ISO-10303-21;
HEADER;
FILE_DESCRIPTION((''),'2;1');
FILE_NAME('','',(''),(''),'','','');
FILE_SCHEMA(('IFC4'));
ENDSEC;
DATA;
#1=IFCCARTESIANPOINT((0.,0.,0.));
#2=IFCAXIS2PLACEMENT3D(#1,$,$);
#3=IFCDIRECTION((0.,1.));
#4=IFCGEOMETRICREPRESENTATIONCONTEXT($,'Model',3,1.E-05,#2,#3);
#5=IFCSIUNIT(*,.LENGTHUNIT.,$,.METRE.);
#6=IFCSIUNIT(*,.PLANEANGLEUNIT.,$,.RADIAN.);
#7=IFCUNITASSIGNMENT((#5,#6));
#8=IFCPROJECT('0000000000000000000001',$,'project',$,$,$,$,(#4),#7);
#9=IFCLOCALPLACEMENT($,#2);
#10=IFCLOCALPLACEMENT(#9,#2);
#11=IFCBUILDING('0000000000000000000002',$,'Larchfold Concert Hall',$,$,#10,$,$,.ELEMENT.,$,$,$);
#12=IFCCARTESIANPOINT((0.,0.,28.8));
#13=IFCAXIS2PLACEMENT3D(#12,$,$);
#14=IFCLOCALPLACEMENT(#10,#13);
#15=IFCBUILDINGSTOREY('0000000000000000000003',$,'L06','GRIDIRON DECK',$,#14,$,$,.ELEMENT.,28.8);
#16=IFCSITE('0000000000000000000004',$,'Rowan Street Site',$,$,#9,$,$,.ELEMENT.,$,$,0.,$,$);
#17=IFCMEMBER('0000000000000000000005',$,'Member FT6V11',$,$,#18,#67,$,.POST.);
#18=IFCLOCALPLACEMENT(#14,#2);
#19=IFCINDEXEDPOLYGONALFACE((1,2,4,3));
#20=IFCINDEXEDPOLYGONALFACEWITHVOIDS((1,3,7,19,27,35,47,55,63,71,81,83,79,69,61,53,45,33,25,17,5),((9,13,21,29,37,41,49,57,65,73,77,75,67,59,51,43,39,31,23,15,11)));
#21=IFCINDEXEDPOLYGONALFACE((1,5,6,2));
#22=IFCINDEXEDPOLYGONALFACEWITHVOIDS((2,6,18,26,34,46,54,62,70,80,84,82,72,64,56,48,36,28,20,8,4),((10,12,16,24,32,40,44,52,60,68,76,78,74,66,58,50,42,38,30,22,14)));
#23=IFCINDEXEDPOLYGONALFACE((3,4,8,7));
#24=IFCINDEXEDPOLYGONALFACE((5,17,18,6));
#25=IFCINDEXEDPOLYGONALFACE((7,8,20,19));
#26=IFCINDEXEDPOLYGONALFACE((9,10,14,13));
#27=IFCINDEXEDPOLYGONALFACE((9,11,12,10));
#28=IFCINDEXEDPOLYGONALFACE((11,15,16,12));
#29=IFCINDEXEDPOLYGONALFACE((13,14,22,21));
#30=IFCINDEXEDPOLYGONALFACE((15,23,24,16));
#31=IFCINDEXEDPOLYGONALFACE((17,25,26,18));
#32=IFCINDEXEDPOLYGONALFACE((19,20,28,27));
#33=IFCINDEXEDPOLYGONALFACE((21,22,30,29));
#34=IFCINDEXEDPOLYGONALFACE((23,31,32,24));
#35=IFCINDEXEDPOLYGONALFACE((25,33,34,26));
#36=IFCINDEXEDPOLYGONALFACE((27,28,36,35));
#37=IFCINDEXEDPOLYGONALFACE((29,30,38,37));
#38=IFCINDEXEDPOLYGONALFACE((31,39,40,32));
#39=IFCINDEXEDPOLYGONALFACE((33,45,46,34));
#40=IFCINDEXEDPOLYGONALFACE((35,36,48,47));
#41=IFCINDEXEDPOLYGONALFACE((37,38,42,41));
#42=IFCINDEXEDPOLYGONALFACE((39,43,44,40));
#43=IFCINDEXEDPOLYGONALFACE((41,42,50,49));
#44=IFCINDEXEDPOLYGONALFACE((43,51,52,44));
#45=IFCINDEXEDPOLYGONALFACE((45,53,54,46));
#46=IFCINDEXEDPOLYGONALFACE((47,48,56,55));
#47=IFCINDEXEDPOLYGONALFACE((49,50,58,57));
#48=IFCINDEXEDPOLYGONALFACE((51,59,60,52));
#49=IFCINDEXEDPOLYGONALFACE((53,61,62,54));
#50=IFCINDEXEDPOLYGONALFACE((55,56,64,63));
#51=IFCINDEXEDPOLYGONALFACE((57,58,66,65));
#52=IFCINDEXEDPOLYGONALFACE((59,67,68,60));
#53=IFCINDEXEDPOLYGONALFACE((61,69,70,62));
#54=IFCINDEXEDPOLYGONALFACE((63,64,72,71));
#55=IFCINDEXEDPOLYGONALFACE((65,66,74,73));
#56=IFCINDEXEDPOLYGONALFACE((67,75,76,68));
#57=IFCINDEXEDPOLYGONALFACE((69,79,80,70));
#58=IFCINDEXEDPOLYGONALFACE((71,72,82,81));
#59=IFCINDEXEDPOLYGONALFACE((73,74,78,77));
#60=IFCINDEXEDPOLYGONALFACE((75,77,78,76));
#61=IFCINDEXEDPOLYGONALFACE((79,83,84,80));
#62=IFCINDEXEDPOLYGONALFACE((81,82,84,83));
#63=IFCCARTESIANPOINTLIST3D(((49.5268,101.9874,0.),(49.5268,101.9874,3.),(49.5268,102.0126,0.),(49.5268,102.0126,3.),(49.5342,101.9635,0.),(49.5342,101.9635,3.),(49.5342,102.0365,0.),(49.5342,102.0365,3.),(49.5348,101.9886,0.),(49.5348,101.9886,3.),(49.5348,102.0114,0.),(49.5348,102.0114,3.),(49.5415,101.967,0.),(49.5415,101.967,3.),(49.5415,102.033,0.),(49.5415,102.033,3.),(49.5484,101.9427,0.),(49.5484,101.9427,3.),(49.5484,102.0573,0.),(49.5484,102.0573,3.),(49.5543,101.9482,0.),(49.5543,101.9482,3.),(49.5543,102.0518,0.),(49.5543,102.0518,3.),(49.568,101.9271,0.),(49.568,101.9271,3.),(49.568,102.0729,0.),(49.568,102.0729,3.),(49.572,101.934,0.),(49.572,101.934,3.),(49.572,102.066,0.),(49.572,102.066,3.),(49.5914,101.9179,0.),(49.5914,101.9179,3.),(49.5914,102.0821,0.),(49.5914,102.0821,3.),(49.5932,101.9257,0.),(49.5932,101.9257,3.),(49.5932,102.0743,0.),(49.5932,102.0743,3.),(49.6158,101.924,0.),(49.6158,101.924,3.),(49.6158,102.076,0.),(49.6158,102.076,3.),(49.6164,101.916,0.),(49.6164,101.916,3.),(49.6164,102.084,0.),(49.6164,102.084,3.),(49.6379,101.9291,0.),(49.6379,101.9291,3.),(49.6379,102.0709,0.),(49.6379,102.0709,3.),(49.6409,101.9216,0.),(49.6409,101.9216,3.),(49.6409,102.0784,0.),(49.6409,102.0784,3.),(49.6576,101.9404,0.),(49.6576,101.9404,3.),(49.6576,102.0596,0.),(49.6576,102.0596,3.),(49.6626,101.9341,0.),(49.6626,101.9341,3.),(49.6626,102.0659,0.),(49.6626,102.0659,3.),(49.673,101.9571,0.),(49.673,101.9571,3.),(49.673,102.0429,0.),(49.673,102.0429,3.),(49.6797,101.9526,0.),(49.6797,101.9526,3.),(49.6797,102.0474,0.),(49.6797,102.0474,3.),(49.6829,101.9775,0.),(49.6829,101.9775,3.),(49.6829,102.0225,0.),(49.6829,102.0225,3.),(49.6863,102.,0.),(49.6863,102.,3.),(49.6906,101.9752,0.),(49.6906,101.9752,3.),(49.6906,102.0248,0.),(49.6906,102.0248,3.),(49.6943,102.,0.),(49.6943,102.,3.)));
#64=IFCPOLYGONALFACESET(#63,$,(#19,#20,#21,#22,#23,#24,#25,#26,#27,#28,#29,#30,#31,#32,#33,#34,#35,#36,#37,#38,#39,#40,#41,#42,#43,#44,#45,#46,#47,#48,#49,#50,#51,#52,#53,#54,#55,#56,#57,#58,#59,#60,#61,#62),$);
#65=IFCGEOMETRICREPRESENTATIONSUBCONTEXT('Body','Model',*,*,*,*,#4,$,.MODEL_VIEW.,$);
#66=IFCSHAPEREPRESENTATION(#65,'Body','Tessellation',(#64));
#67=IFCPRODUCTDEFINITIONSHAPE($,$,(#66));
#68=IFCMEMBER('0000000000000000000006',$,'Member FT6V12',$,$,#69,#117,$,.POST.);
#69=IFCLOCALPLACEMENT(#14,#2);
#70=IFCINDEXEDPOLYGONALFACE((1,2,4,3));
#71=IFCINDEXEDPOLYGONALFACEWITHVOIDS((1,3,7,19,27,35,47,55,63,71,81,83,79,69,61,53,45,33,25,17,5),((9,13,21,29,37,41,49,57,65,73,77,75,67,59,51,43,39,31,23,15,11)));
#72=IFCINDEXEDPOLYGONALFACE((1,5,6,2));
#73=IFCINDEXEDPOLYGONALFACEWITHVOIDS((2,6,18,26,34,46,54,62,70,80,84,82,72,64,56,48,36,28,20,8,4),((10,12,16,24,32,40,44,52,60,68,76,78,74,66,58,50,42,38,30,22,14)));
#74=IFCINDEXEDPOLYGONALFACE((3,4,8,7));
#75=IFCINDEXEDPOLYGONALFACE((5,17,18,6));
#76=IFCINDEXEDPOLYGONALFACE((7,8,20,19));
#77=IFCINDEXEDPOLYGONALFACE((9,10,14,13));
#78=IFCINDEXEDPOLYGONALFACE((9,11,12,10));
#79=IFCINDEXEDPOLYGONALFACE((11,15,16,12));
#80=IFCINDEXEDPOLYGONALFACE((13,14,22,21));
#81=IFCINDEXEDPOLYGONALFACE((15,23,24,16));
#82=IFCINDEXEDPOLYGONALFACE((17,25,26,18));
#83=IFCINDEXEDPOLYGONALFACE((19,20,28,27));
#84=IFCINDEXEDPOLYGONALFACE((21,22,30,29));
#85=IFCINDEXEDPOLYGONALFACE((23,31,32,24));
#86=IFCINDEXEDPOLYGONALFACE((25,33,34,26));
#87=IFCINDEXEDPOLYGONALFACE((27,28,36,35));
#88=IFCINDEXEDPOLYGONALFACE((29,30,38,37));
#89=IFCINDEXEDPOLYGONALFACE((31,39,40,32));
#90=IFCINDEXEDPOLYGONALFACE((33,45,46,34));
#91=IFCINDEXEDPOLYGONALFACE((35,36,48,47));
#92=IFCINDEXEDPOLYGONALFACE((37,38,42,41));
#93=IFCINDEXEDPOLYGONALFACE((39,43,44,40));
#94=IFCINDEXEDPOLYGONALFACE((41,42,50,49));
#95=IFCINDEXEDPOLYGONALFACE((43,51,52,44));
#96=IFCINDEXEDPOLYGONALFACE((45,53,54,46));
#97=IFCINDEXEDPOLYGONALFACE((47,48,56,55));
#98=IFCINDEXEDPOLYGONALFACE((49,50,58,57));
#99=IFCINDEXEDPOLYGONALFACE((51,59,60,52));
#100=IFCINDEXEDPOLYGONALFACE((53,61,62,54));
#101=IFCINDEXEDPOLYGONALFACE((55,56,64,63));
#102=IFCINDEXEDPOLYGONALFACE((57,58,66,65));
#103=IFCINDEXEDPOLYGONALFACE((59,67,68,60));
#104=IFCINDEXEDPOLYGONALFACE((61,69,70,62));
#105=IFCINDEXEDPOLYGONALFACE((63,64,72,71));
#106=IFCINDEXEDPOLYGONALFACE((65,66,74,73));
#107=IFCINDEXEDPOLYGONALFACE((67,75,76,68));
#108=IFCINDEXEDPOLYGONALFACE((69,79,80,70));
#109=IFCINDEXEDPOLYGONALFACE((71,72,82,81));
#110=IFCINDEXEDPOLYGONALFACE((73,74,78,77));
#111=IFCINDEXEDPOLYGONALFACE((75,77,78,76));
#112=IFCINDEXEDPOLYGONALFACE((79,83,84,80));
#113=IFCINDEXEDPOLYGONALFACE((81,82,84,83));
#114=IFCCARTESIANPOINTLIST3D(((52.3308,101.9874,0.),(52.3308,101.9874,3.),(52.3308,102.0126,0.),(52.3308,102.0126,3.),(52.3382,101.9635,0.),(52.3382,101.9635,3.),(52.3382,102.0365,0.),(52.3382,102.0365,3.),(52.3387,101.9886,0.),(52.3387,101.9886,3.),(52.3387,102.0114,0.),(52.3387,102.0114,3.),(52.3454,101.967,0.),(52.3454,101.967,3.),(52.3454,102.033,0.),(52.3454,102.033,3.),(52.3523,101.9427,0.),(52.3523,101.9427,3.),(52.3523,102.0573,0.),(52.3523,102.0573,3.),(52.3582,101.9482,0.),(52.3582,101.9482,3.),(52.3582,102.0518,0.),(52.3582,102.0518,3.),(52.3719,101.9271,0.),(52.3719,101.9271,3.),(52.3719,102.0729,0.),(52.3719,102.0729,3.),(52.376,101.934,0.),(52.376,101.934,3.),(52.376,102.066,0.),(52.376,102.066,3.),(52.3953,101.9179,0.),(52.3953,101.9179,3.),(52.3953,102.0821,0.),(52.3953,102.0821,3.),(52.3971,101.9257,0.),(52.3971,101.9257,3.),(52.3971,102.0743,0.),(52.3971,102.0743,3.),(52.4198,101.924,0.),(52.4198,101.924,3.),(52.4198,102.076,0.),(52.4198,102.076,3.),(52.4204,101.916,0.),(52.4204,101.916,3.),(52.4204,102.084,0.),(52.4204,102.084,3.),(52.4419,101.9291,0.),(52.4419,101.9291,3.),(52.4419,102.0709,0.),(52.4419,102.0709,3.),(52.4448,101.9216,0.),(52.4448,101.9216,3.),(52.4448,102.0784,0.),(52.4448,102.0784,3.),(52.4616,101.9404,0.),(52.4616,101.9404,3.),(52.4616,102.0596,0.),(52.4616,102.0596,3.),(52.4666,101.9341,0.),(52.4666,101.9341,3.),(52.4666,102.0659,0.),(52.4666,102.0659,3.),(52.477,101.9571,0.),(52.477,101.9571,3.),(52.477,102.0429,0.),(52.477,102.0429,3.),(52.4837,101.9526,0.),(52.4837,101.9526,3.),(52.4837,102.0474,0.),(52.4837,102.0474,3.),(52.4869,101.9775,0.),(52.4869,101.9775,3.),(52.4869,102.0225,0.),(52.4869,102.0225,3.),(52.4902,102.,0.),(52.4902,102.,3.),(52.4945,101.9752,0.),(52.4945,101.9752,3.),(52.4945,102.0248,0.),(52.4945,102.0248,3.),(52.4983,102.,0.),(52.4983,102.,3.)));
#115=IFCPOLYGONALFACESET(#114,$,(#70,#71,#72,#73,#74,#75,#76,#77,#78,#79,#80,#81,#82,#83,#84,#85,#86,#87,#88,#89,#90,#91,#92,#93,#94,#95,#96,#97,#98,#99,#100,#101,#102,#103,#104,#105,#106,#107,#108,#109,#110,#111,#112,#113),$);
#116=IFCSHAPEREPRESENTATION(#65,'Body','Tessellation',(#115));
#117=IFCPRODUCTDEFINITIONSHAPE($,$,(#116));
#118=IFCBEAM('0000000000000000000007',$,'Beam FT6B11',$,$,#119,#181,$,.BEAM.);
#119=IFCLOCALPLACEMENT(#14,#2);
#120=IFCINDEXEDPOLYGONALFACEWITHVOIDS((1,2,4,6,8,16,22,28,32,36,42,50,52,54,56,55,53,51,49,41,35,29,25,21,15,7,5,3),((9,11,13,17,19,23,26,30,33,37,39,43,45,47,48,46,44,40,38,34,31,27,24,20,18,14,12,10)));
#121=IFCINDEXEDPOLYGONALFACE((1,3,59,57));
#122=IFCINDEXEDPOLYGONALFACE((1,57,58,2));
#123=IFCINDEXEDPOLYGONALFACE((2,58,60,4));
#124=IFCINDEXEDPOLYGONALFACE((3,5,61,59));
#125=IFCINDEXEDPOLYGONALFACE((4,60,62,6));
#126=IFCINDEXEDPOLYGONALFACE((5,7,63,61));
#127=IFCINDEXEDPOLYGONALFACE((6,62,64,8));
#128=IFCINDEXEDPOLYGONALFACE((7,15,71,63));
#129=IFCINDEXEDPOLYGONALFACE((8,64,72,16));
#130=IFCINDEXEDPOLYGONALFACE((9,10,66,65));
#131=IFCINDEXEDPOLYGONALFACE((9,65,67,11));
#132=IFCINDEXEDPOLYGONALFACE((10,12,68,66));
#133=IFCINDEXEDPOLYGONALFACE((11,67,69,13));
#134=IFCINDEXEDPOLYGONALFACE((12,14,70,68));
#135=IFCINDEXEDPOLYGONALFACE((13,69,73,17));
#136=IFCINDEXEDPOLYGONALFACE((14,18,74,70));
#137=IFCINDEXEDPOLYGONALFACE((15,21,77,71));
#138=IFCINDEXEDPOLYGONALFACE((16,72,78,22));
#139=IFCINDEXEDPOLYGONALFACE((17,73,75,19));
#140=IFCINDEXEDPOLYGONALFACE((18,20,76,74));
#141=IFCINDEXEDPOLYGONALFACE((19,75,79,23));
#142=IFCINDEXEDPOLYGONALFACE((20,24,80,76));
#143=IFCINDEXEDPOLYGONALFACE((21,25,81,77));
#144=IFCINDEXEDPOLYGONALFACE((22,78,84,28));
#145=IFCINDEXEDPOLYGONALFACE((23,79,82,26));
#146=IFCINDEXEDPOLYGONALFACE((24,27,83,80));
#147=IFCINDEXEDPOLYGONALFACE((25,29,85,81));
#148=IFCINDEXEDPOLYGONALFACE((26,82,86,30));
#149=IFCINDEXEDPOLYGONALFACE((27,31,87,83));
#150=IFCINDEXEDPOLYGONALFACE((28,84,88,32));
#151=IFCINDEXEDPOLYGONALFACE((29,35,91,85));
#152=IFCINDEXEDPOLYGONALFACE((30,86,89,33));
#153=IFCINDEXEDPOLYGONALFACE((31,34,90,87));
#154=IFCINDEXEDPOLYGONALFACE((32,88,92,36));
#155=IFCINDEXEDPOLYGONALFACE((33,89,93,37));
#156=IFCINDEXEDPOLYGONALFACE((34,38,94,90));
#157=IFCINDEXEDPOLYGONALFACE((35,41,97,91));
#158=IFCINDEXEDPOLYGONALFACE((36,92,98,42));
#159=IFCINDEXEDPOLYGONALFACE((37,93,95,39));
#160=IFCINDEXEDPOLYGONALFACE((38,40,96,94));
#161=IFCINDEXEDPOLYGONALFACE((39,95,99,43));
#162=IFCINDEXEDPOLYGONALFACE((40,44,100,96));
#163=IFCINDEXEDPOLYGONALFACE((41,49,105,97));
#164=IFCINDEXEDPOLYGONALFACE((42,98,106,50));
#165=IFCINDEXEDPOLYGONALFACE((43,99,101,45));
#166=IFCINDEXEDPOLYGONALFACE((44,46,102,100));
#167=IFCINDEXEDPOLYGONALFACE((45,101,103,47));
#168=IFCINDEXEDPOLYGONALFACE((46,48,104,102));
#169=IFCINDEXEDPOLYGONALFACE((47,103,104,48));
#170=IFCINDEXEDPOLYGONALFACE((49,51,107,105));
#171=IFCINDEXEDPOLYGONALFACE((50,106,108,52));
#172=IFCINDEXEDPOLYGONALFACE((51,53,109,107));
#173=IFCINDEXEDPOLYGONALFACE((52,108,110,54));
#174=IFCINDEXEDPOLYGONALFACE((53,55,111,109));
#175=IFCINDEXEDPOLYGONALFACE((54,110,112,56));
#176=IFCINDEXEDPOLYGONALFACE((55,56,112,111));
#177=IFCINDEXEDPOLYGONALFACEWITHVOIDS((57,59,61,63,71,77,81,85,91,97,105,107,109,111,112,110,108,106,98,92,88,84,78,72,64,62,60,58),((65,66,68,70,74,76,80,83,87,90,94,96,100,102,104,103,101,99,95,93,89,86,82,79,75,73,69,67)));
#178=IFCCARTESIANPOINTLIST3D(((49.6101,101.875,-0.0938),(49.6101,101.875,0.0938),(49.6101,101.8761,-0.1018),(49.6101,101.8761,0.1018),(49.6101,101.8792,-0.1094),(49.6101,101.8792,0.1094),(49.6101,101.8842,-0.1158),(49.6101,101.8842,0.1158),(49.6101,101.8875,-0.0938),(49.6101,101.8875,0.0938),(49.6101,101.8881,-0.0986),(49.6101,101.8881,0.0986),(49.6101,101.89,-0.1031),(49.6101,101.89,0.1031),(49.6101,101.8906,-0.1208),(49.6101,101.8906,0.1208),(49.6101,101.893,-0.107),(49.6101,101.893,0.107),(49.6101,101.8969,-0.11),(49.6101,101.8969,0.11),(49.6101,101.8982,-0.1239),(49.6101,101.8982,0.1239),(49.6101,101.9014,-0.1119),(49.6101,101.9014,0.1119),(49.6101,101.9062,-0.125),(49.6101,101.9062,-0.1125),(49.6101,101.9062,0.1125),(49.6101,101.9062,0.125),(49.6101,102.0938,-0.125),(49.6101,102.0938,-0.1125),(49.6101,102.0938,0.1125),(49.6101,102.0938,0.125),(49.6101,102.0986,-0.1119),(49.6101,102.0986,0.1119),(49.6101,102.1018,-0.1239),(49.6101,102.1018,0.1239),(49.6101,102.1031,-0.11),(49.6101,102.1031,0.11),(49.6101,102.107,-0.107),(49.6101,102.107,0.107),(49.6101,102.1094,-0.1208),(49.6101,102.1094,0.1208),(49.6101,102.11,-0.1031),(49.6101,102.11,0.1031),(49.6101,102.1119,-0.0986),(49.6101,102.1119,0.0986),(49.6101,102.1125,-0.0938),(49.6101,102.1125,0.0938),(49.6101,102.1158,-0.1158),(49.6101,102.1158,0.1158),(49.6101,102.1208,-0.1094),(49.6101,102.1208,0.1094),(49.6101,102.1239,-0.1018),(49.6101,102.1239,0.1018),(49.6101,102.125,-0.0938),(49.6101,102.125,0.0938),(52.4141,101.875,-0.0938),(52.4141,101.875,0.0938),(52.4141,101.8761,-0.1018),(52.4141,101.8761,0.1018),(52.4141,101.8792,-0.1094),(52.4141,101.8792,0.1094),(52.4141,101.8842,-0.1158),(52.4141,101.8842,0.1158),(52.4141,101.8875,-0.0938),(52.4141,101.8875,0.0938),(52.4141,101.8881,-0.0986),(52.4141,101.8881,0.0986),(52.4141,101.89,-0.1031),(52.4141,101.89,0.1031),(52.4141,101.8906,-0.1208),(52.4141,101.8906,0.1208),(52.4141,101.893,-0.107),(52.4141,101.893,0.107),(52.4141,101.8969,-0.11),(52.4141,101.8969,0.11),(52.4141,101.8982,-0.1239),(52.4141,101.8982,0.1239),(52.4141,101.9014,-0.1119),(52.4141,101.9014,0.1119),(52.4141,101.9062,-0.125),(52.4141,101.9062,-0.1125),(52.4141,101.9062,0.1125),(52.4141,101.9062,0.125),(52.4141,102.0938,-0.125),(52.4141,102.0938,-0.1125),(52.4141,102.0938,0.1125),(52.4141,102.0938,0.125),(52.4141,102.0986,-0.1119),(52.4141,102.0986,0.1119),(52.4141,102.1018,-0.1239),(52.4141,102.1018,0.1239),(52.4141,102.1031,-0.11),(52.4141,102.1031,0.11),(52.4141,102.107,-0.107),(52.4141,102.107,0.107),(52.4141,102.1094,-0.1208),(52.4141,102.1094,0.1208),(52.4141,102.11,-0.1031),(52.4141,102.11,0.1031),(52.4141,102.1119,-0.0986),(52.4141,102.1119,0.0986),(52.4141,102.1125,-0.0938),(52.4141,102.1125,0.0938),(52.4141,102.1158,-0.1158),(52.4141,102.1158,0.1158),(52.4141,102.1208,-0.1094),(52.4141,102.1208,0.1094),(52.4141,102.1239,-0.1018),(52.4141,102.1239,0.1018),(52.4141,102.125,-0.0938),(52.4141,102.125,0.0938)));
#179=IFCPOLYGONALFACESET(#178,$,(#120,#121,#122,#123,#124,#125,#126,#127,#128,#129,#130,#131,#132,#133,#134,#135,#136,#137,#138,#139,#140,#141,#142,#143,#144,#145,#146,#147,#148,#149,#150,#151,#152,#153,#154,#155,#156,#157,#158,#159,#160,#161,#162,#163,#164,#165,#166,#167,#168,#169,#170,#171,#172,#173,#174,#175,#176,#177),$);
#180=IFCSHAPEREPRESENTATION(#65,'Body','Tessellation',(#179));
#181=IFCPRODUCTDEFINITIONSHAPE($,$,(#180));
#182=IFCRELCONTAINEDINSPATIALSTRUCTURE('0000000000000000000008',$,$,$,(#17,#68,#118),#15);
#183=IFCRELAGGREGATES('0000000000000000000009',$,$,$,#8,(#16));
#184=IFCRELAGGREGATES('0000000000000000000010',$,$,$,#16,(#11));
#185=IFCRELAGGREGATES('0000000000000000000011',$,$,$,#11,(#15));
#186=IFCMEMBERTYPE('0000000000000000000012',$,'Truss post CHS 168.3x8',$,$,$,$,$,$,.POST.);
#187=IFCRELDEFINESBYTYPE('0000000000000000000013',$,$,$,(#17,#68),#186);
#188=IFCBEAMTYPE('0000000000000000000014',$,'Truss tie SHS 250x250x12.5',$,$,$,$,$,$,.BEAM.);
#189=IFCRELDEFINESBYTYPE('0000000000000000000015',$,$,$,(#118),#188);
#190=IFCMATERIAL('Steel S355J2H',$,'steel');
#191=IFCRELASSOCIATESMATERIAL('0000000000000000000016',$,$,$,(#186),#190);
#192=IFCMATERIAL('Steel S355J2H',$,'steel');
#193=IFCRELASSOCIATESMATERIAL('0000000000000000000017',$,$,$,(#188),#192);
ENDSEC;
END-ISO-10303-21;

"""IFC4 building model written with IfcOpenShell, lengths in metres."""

from ifc_helpers import new_model, si_unit, direction, frame, origin, origin_2d, place, context, subcontext, project, spatial, hollow_rectangle, hollow_circle, extrude, material, material_profile, profile_set, type_object, element, save


model = new_model("IFC4")

# Units and contexts
model_context = context("Model", 3, precision=1e-05, world=origin(), true_north=direction((0.0, 1.0)))
body_context = subcontext(model_context, "Body", "Model", "MODEL_VIEW")
ifc_project = project(units=[si_unit("LENGTHUNIT", "METRE"), si_unit("PLANEANGLEUNIT", "RADIAN")], contexts=[model_context])

# Site, building, storey
site_placement = place(None, origin())
site = spatial("IfcSite", under=ifc_project, at=site_placement, Name="Rowan Street Site", CompositionType="ELEMENT", RefElevation=0.0)
building_placement = place(site_placement, origin())
building = spatial("IfcBuilding", under=site, at=building_placement, Name="Larchfold Concert Hall", CompositionType="ELEMENT")
storey_placement = place(building_placement, frame((0.0, 0.0, 28.8)))
storey = spatial("IfcBuildingStorey", under=building, at=storey_placement, Name="L06", Description="GRIDIRON DECK", CompositionType="ELEMENT", Elevation=28.8)

# Members
ifc_material_1 = material(Name="Steel S355J2H", Category="steel")
ifc_material_profile_1 = material_profile(ifc_material_1, hollow_circle(Radius=0.0842, WallThickness=0.0081, at=origin_2d()))
ifc_profile_set_1 = profile_set([ifc_material_profile_1], Name="Steel S355J2H")
member_type_1 = type_object("IfcMemberType", Name="Truss post CHS 168.3x8", PredefinedType="POST", material=ifc_profile_set_1)
for number, where, z_axis, x_axis, name in (
    (1, (49.6101, 102.0, 3.0), (0.0, 0.0, -1.0), (1.0, 0.0, 0.0), "Member FT6V11"),
    (2, (52.4141, 102.0, 3.0), (0.0, 0.0, -1.0), (1.0, 0.0, 0.0), "Member FT6V12"),
):
    element("IfcMember", number, at=place(storey_placement, frame(where, z_axis=z_axis, x_axis=x_axis)), inside=storey, type_object=member_type_1, Name=name, PredefinedType="POST", context=body_context, shape_type="SweptSolid", body=[
        extrude(hollow_circle(Radius=0.0842, WallThickness=0.0081, at=origin_2d()), origin(), (0.0, 0.0, 1.0), 3.0),
    ])

# Beam
ifc_material_2 = material(Name="Steel S355J2H", Category="steel")
ifc_material_profile_2 = material_profile(ifc_material_2, hollow_rectangle(XDim=0.25, YDim=0.25, WallThickness=0.0125, InnerFilletRadius=0.0188, OuterFilletRadius=0.0312, at=origin_2d()))
ifc_profile_set_2 = profile_set([ifc_material_profile_2], Name="Steel S355J2H")
beam_type_1 = type_object("IfcBeamType", Name="Truss tie SHS 250x250x12.5", PredefinedType="BEAM", material=ifc_profile_set_2)
for number, where, z_axis, x_axis, name in (
    (3, (49.6101, 102.0, 0.0), (1.0, 0.0, 0.0), (0.0, 1.0, 0.0), "Beam FT6B11"),
):
    element("IfcBeam", number, at=place(storey_placement, frame(where, z_axis=z_axis, x_axis=x_axis)), inside=storey, type_object=beam_type_1, Name=name, PredefinedType="BEAM", context=body_context, shape_type="SweptSolid", body=[
        extrude(hollow_rectangle(XDim=0.25, YDim=0.25, WallThickness=0.0125, InnerFilletRadius=0.0188, OuterFilletRadius=0.0312, at=origin_2d()), origin(), (0.0, 0.0, 1.0), 2.804),
    ])

save(model, "model.ifc")
